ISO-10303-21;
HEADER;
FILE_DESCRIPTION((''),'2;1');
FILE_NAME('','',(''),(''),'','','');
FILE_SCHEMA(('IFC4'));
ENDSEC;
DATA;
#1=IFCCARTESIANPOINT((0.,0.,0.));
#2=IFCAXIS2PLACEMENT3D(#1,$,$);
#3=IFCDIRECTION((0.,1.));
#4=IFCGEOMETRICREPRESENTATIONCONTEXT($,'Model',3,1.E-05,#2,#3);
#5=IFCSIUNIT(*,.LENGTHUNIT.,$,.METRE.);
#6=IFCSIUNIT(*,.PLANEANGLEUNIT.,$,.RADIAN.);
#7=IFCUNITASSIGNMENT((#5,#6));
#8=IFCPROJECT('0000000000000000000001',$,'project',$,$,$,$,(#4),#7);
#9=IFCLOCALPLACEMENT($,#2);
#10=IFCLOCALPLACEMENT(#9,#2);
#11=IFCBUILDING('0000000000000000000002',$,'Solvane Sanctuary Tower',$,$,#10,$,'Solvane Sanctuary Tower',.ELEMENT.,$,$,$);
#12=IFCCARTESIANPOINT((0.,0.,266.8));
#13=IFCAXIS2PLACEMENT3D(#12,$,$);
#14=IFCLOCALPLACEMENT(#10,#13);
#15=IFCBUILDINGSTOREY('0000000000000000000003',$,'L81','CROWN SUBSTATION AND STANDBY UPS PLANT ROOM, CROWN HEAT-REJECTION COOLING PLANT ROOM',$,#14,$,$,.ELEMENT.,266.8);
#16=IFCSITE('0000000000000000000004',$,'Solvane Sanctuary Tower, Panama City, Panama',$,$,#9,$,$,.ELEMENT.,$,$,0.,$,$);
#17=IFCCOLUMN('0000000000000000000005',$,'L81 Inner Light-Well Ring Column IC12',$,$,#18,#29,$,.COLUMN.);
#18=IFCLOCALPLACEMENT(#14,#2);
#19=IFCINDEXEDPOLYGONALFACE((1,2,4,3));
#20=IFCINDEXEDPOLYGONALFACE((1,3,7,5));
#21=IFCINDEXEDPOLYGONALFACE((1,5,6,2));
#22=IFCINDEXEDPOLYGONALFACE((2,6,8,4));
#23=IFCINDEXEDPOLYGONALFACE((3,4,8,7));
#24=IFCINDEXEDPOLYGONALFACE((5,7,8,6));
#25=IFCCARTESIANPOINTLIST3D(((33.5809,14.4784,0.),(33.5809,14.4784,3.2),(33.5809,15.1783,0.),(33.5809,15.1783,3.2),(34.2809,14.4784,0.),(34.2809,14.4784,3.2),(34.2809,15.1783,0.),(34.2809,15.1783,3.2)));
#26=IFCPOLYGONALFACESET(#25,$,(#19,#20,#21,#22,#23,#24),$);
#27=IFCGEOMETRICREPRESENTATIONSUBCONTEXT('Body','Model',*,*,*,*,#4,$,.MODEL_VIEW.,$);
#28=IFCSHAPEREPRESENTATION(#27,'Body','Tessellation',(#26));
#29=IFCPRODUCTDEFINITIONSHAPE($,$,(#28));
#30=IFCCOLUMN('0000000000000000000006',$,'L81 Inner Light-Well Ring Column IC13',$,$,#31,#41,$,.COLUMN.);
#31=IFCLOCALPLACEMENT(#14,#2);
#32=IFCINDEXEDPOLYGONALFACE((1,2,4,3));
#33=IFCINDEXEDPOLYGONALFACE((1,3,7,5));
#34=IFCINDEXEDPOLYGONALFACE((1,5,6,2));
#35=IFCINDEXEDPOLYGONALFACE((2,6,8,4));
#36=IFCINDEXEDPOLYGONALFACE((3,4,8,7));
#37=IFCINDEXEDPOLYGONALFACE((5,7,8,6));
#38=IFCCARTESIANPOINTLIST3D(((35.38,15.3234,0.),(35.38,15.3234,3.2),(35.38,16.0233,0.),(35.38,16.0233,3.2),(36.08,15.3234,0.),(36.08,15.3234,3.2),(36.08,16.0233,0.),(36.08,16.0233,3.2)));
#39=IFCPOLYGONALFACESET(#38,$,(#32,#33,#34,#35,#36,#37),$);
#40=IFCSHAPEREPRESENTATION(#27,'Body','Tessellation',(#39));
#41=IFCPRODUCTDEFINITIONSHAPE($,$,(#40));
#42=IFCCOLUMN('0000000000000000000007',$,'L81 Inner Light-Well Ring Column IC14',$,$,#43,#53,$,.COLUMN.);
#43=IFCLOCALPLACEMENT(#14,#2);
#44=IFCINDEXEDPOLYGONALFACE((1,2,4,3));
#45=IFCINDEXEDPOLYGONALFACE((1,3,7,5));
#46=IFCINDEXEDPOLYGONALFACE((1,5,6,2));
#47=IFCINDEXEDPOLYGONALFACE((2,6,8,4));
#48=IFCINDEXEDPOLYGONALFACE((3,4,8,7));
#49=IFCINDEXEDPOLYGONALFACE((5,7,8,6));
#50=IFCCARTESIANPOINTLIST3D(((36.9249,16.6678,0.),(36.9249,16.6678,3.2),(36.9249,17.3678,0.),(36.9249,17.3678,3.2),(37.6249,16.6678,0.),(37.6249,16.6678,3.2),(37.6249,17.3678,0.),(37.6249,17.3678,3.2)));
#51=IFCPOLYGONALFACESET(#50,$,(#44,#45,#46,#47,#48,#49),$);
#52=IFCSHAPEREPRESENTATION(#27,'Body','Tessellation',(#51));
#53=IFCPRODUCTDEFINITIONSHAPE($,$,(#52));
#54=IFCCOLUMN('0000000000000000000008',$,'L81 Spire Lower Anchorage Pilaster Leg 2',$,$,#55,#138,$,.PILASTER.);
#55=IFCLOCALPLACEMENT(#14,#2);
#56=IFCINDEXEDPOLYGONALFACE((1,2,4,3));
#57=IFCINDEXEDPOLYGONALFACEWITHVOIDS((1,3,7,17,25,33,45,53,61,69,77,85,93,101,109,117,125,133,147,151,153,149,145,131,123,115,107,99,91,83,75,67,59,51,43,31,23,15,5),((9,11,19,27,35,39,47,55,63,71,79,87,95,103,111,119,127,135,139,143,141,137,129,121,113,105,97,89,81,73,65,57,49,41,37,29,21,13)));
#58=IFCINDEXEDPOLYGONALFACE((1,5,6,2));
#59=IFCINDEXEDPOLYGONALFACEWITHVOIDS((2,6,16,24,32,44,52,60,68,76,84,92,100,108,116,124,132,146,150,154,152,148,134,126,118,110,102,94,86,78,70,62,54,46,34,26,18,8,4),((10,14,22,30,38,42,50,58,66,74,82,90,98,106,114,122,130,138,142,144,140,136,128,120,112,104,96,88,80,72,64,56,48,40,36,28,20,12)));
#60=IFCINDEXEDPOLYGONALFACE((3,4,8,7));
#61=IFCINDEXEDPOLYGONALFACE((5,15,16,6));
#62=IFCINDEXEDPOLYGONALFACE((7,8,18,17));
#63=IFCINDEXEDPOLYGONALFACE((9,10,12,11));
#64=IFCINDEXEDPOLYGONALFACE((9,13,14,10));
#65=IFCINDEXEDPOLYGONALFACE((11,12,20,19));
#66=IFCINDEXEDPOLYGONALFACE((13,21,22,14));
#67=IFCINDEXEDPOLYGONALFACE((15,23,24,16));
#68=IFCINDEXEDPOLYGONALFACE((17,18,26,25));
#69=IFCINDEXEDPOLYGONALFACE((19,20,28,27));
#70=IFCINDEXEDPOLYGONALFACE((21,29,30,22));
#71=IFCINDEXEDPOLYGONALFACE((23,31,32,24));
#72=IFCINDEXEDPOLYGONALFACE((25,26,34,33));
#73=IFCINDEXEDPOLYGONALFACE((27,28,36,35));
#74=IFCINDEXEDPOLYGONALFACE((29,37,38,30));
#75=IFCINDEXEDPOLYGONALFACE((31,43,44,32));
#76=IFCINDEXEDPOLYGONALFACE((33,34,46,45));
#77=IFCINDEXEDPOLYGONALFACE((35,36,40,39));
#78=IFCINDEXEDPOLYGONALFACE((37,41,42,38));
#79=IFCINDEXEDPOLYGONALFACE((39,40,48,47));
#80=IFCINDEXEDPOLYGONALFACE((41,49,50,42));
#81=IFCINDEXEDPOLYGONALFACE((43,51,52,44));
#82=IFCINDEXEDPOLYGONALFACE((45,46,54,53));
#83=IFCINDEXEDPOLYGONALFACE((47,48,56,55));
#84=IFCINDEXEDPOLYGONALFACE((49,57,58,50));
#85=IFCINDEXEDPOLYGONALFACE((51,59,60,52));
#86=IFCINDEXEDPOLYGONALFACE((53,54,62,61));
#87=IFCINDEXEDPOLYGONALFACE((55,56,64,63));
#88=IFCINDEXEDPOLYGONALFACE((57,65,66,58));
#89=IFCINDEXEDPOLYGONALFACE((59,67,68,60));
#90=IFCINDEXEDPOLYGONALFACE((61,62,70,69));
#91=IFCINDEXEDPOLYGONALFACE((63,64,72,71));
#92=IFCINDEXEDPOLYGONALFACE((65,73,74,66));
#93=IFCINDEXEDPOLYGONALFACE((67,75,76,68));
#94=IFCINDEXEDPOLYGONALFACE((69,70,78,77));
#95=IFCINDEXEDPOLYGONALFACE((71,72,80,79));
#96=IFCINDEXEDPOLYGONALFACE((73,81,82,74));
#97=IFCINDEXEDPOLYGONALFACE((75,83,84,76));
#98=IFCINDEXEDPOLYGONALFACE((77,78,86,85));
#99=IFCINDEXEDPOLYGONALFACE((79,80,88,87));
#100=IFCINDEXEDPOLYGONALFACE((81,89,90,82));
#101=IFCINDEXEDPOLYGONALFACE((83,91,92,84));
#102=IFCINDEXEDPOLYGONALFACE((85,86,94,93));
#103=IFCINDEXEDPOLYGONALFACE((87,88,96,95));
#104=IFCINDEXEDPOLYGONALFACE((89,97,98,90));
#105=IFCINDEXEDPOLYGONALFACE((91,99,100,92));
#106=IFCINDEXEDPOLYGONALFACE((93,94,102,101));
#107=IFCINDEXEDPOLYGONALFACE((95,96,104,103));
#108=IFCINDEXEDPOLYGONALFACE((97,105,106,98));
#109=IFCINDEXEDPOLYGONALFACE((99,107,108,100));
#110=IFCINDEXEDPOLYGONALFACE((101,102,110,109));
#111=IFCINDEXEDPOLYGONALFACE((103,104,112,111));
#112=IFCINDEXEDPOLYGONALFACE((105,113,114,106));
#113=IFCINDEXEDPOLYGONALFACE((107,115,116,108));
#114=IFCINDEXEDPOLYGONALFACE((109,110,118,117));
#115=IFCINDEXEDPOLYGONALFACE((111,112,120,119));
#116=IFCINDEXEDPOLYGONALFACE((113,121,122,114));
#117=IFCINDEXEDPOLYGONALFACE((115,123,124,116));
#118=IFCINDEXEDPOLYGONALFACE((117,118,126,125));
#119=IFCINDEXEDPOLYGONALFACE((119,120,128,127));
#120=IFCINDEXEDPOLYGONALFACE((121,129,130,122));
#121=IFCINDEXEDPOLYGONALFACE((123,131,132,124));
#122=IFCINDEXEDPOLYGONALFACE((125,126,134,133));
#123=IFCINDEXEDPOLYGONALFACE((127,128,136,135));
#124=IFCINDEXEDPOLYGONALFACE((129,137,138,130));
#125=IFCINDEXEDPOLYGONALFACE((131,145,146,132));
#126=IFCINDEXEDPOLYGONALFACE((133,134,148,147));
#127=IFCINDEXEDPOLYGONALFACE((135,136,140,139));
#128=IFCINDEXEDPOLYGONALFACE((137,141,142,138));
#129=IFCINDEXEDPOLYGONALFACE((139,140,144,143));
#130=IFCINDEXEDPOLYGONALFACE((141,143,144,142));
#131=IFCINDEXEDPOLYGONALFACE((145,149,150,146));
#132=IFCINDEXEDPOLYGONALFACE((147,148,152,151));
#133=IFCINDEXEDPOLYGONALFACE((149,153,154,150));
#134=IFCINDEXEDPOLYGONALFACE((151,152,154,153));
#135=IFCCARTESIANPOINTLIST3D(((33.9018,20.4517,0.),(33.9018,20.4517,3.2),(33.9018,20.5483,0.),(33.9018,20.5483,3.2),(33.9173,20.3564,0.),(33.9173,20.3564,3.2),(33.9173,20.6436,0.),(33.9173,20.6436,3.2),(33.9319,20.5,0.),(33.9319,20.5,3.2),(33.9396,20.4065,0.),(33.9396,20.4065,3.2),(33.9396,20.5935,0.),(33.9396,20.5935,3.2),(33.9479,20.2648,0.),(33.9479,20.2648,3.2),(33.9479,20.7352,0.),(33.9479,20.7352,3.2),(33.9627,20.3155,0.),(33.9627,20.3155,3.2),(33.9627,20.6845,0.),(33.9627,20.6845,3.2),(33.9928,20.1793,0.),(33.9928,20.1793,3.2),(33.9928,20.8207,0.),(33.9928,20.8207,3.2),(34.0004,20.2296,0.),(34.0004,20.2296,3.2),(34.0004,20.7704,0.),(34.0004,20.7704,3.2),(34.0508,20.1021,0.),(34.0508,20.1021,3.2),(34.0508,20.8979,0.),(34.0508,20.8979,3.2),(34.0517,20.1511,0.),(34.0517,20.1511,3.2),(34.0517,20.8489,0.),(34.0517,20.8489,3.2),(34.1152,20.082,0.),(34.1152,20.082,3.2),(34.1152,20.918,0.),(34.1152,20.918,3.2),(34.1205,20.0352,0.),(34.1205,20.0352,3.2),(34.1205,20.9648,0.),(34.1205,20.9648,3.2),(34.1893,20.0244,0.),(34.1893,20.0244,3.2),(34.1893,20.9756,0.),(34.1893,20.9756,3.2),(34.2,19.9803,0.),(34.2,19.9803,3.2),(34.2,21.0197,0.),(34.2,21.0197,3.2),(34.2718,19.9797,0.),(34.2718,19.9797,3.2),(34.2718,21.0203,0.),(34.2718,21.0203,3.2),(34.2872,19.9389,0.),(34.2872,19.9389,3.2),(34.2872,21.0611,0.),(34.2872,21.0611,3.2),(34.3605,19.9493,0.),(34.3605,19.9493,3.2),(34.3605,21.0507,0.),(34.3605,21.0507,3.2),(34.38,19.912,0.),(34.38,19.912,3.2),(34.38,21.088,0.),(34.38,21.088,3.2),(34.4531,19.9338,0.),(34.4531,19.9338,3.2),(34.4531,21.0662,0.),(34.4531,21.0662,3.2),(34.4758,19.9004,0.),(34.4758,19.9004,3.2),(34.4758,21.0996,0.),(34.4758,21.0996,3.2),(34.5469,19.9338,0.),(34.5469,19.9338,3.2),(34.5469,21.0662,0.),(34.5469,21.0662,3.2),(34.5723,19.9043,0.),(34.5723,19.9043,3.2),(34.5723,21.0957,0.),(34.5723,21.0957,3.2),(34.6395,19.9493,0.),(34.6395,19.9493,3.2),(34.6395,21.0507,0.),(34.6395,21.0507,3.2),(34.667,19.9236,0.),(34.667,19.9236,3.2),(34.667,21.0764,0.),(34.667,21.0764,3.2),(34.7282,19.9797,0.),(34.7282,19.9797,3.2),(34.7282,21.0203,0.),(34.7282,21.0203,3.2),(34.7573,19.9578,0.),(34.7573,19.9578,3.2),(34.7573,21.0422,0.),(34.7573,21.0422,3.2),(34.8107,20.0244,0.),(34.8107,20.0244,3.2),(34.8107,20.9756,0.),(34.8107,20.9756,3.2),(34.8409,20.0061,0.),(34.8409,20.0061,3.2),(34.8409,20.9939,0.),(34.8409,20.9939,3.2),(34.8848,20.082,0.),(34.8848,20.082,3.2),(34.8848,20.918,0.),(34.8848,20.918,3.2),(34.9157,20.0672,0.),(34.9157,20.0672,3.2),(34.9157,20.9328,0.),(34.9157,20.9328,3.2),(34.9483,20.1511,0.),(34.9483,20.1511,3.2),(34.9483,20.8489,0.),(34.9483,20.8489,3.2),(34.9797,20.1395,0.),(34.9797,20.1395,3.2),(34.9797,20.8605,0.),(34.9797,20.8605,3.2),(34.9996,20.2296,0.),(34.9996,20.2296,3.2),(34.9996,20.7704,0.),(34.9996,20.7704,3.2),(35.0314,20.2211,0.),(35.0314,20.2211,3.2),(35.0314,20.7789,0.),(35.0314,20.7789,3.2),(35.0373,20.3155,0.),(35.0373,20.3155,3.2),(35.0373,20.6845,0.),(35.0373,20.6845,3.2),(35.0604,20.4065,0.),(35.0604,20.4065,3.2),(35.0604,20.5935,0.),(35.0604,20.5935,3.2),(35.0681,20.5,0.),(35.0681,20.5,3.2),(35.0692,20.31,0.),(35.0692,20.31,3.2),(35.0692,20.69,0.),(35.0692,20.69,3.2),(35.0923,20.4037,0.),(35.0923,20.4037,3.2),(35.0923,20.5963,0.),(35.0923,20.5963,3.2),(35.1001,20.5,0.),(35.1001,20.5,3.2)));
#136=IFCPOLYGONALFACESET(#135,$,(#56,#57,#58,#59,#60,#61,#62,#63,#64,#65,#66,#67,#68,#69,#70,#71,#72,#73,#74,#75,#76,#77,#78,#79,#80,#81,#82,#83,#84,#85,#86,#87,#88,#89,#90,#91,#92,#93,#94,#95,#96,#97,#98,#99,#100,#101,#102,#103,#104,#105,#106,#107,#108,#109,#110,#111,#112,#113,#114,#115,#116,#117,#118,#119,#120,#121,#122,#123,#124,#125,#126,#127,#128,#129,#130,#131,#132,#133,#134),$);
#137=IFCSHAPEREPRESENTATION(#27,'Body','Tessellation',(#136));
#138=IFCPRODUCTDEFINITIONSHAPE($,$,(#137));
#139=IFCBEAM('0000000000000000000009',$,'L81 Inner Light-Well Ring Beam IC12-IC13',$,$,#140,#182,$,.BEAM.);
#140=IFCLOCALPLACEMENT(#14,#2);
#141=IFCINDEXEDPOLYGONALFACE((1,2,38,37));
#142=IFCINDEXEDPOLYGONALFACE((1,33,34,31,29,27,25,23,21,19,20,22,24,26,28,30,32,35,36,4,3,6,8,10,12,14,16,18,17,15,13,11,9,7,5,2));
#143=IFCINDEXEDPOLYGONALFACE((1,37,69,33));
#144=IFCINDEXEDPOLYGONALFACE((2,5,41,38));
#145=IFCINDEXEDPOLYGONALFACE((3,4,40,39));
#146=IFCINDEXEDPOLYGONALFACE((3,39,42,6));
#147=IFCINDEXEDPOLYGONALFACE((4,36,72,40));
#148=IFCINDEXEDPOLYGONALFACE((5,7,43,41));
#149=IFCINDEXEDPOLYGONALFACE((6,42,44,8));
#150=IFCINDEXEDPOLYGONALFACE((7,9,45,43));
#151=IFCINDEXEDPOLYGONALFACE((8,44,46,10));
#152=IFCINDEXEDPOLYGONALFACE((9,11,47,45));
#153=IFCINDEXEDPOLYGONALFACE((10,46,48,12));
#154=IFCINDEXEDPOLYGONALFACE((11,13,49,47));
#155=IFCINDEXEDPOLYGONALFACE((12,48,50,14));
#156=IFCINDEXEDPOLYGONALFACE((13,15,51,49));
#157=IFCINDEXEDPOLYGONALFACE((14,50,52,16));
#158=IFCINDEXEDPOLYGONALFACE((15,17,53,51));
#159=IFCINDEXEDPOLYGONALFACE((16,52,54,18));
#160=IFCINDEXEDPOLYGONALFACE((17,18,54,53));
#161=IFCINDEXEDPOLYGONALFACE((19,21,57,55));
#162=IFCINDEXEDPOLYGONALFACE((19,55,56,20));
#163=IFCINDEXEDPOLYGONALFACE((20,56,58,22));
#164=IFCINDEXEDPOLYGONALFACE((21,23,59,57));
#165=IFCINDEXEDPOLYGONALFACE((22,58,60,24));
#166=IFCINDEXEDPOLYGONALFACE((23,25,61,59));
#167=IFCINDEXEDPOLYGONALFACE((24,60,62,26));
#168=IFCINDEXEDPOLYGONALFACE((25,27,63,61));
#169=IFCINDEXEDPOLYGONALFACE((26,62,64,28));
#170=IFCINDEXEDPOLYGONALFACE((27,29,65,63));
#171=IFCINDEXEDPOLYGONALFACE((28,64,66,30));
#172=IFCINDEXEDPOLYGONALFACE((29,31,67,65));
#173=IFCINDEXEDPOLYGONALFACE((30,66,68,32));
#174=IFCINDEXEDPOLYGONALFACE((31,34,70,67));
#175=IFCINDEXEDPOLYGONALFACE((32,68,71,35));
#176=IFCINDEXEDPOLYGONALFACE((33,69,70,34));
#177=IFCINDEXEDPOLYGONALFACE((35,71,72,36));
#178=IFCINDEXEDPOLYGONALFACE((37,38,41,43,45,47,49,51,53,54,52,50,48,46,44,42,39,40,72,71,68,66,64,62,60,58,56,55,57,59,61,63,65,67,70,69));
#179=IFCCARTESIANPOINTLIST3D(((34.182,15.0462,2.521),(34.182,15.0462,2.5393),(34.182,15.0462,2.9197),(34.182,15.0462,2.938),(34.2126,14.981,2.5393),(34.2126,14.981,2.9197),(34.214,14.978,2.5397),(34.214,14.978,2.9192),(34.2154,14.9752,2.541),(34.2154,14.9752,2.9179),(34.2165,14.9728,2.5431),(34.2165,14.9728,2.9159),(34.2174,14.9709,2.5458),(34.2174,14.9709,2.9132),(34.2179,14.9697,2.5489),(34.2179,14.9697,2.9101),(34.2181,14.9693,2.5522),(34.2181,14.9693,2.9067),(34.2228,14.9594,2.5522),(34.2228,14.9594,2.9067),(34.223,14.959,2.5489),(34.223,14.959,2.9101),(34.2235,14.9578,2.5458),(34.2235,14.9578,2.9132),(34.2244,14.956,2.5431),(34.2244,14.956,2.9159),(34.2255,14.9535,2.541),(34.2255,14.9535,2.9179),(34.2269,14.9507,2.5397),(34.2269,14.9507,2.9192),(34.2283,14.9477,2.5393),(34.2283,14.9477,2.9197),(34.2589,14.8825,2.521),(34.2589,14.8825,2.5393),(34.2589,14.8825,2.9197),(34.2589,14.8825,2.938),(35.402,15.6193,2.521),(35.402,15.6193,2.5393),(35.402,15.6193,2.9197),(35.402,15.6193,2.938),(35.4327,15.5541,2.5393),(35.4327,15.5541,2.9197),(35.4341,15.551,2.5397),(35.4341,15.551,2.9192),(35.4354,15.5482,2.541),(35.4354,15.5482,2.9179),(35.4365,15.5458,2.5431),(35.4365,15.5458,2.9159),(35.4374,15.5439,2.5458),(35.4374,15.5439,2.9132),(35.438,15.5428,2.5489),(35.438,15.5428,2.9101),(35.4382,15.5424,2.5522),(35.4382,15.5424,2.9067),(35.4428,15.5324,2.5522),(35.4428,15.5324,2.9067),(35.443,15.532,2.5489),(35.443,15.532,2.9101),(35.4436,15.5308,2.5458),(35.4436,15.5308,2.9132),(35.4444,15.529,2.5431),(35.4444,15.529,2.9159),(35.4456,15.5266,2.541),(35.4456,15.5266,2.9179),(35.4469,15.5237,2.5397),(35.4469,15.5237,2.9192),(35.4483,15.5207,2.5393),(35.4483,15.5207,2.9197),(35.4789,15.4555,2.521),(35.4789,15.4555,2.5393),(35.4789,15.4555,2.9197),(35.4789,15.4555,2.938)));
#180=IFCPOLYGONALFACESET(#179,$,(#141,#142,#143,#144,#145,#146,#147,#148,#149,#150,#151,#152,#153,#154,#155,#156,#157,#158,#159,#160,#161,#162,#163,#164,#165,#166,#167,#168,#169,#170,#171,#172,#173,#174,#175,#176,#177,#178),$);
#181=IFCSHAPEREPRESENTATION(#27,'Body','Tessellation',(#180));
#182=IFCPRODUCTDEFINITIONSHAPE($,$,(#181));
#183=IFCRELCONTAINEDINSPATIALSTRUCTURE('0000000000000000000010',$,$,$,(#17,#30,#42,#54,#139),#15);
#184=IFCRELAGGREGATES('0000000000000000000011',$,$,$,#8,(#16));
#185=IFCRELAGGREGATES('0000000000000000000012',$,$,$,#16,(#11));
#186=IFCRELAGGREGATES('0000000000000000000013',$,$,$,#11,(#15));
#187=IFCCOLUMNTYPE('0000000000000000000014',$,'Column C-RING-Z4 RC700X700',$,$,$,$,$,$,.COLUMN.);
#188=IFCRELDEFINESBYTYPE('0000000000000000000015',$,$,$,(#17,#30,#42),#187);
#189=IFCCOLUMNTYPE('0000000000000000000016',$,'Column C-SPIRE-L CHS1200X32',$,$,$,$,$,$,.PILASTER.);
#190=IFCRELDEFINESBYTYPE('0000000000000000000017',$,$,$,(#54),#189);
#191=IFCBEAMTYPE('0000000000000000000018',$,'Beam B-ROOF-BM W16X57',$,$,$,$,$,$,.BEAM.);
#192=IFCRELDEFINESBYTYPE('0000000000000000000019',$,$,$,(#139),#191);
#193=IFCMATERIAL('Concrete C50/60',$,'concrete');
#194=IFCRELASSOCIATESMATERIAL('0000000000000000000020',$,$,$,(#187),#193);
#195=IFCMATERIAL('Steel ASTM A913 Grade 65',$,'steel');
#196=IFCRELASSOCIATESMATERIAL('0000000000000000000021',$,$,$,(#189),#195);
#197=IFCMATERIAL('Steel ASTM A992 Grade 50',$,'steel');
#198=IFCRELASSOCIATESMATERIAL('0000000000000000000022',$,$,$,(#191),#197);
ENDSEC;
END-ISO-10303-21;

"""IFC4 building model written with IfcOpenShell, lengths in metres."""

from ifc_helpers import new_model, si_unit, direction, frame, origin, origin_2d, place, context, subcontext, project, spatial, rectangle, hollow_circle, i_section, extrude, material, material_profile, profile_set, type_object, element, save


model = new_model("IFC4")

# Units and contexts
model_context = context("Model", 3, precision=1e-05, world=origin(), true_north=direction((0.0, 1.0)))
body_context = subcontext(model_context, "Body", "Model", "MODEL_VIEW")
ifc_project = project(units=[si_unit("LENGTHUNIT", "METRE"), si_unit("PLANEANGLEUNIT", "RADIAN")], contexts=[model_context])

# Site, building, storey
site_placement = place(None, origin())
site = spatial("IfcSite", under=ifc_project, at=site_placement, Name="Solvane Sanctuary Tower, Panama City, Panama", CompositionType="ELEMENT", RefElevation=0.0)
building_placement = place(site_placement, origin())
building = spatial("IfcBuilding", under=site, at=building_placement, Name="Solvane Sanctuary Tower", LongName="Solvane Sanctuary Tower", CompositionType="ELEMENT")
storey_placement = place(building_placement, frame((0.0, 0.0, 266.8)))
storey = spatial("IfcBuildingStorey", under=building, at=storey_placement, Name="L81", Description="CROWN SUBSTATION AND STANDBY UPS PLANT ROOM, CROWN HEAT-REJECTION COOLING PLANT ROOM", CompositionType="ELEMENT", Elevation=266.8)

# Columns
ifc_material_1 = material(Name="Concrete C50/60", Category="concrete")
ifc_material_profile_1 = material_profile(ifc_material_1, rectangle(XDim=0.7, YDim=0.7, at=origin_2d()), Name="RC700X700")
ifc_profile_set_1 = profile_set([ifc_material_profile_1], Name="Concrete C50/60")
column_type_1 = type_object("IfcColumnType", Name="Column C-RING-Z4 RC700X700", PredefinedType="COLUMN", material=ifc_profile_set_1)
for number, where, z_axis, x_axis, name in (
    (1, (33.9309, 14.8284, 0.0), (0.0, 0.0, 1.0), (1.0, 0.0, 0.0), "L81 Inner Light-Well Ring Column IC12"),
    (2, (35.73, 15.6733, 0.0), (0.0, 0.0, 1.0), (1.0, 0.0, 0.0), "L81 Inner Light-Well Ring Column IC13"),
    (3, (37.2749, 17.0178, 0.0), (0.0, 0.0, 1.0), (1.0, 0.0, 0.0), "L81 Inner Light-Well Ring Column IC14"),
):
    element("IfcColumn", number, at=place(storey_placement, frame(where, z_axis=z_axis, x_axis=x_axis)), inside=storey, type_object=column_type_1, Name=name, PredefinedType="COLUMN", context=body_context, shape_type="SweptSolid", body=[
        extrude(rectangle(XDim=0.7, YDim=0.7, at=origin_2d()), origin(), (0.0, 0.0, 1.0), 3.2),
    ])
ifc_material_2 = material(Name="Steel ASTM A913 Grade 65", Category="steel")
ifc_material_profile_2 = material_profile(ifc_material_2, hollow_circle(Radius=0.6001, WallThickness=0.032, at=origin_2d()), Name="CHS1200X32")
ifc_profile_set_2 = profile_set([ifc_material_profile_2], Name="Steel ASTM A913 Grade 65")
column_type_2 = type_object("IfcColumnType", Name="Column C-SPIRE-L CHS1200X32", PredefinedType="PILASTER", material=ifc_profile_set_2)
column_placement = place(storey_placement, frame((34.5, 20.5, 0.0), z_axis=(0.0, 0.0, 1.0), x_axis=(1.0, 0.0, 0.0)))
element("IfcColumn", 4, at=column_placement, inside=storey, type_object=column_type_2, Name="L81 Spire Lower Anchorage Pilaster Leg 2", PredefinedType="PILASTER", context=body_context, shape_type="SweptSolid", body=[
    extrude(hollow_circle(Radius=0.6001, WallThickness=0.032, at=origin_2d()), origin(), (0.0, 0.0, 1.0), 3.2),
])

# Beam
ifc_material_3 = material(Name="Steel ASTM A992 Grade 50", Category="steel")
ifc_material_profile_3 = material_profile(ifc_material_3, i_section(OverallWidth=0.1809, OverallDepth=0.417, WebThickness=0.011, FlangeThickness=0.0183, FilletRadius=0.0129, at=origin_2d()), Name="W16X57")
ifc_profile_set_3 = profile_set([ifc_material_profile_3], Name="Steel ASTM A992 Grade 50")
beam_type_1 = type_object("IfcBeamType", Name="Beam B-ROOF-BM W16X57", PredefinedType="BEAM", material=ifc_profile_set_3)
beam_1_placement = place(storey_placement, frame((34.2205, 14.9644, 2.7295), z_axis=(0.905135, 0.425125, 0.0), x_axis=(-0.425125, 0.905135, 0.0)))
element("IfcBeam", 5, at=beam_1_placement, inside=storey, type_object=beam_type_1, Name="L81 Inner Light-Well Ring Beam IC12-IC13", PredefinedType="BEAM", context=body_context, shape_type="SweptSolid", body=[
    extrude(i_section(OverallWidth=0.1809, OverallDepth=0.417, WebThickness=0.011, FlangeThickness=0.0183, FilletRadius=0.0129, at=origin_2d()), origin(), (0.0, 0.0, 1.0), 1.3479),
])

save(model, "model.ifc")
